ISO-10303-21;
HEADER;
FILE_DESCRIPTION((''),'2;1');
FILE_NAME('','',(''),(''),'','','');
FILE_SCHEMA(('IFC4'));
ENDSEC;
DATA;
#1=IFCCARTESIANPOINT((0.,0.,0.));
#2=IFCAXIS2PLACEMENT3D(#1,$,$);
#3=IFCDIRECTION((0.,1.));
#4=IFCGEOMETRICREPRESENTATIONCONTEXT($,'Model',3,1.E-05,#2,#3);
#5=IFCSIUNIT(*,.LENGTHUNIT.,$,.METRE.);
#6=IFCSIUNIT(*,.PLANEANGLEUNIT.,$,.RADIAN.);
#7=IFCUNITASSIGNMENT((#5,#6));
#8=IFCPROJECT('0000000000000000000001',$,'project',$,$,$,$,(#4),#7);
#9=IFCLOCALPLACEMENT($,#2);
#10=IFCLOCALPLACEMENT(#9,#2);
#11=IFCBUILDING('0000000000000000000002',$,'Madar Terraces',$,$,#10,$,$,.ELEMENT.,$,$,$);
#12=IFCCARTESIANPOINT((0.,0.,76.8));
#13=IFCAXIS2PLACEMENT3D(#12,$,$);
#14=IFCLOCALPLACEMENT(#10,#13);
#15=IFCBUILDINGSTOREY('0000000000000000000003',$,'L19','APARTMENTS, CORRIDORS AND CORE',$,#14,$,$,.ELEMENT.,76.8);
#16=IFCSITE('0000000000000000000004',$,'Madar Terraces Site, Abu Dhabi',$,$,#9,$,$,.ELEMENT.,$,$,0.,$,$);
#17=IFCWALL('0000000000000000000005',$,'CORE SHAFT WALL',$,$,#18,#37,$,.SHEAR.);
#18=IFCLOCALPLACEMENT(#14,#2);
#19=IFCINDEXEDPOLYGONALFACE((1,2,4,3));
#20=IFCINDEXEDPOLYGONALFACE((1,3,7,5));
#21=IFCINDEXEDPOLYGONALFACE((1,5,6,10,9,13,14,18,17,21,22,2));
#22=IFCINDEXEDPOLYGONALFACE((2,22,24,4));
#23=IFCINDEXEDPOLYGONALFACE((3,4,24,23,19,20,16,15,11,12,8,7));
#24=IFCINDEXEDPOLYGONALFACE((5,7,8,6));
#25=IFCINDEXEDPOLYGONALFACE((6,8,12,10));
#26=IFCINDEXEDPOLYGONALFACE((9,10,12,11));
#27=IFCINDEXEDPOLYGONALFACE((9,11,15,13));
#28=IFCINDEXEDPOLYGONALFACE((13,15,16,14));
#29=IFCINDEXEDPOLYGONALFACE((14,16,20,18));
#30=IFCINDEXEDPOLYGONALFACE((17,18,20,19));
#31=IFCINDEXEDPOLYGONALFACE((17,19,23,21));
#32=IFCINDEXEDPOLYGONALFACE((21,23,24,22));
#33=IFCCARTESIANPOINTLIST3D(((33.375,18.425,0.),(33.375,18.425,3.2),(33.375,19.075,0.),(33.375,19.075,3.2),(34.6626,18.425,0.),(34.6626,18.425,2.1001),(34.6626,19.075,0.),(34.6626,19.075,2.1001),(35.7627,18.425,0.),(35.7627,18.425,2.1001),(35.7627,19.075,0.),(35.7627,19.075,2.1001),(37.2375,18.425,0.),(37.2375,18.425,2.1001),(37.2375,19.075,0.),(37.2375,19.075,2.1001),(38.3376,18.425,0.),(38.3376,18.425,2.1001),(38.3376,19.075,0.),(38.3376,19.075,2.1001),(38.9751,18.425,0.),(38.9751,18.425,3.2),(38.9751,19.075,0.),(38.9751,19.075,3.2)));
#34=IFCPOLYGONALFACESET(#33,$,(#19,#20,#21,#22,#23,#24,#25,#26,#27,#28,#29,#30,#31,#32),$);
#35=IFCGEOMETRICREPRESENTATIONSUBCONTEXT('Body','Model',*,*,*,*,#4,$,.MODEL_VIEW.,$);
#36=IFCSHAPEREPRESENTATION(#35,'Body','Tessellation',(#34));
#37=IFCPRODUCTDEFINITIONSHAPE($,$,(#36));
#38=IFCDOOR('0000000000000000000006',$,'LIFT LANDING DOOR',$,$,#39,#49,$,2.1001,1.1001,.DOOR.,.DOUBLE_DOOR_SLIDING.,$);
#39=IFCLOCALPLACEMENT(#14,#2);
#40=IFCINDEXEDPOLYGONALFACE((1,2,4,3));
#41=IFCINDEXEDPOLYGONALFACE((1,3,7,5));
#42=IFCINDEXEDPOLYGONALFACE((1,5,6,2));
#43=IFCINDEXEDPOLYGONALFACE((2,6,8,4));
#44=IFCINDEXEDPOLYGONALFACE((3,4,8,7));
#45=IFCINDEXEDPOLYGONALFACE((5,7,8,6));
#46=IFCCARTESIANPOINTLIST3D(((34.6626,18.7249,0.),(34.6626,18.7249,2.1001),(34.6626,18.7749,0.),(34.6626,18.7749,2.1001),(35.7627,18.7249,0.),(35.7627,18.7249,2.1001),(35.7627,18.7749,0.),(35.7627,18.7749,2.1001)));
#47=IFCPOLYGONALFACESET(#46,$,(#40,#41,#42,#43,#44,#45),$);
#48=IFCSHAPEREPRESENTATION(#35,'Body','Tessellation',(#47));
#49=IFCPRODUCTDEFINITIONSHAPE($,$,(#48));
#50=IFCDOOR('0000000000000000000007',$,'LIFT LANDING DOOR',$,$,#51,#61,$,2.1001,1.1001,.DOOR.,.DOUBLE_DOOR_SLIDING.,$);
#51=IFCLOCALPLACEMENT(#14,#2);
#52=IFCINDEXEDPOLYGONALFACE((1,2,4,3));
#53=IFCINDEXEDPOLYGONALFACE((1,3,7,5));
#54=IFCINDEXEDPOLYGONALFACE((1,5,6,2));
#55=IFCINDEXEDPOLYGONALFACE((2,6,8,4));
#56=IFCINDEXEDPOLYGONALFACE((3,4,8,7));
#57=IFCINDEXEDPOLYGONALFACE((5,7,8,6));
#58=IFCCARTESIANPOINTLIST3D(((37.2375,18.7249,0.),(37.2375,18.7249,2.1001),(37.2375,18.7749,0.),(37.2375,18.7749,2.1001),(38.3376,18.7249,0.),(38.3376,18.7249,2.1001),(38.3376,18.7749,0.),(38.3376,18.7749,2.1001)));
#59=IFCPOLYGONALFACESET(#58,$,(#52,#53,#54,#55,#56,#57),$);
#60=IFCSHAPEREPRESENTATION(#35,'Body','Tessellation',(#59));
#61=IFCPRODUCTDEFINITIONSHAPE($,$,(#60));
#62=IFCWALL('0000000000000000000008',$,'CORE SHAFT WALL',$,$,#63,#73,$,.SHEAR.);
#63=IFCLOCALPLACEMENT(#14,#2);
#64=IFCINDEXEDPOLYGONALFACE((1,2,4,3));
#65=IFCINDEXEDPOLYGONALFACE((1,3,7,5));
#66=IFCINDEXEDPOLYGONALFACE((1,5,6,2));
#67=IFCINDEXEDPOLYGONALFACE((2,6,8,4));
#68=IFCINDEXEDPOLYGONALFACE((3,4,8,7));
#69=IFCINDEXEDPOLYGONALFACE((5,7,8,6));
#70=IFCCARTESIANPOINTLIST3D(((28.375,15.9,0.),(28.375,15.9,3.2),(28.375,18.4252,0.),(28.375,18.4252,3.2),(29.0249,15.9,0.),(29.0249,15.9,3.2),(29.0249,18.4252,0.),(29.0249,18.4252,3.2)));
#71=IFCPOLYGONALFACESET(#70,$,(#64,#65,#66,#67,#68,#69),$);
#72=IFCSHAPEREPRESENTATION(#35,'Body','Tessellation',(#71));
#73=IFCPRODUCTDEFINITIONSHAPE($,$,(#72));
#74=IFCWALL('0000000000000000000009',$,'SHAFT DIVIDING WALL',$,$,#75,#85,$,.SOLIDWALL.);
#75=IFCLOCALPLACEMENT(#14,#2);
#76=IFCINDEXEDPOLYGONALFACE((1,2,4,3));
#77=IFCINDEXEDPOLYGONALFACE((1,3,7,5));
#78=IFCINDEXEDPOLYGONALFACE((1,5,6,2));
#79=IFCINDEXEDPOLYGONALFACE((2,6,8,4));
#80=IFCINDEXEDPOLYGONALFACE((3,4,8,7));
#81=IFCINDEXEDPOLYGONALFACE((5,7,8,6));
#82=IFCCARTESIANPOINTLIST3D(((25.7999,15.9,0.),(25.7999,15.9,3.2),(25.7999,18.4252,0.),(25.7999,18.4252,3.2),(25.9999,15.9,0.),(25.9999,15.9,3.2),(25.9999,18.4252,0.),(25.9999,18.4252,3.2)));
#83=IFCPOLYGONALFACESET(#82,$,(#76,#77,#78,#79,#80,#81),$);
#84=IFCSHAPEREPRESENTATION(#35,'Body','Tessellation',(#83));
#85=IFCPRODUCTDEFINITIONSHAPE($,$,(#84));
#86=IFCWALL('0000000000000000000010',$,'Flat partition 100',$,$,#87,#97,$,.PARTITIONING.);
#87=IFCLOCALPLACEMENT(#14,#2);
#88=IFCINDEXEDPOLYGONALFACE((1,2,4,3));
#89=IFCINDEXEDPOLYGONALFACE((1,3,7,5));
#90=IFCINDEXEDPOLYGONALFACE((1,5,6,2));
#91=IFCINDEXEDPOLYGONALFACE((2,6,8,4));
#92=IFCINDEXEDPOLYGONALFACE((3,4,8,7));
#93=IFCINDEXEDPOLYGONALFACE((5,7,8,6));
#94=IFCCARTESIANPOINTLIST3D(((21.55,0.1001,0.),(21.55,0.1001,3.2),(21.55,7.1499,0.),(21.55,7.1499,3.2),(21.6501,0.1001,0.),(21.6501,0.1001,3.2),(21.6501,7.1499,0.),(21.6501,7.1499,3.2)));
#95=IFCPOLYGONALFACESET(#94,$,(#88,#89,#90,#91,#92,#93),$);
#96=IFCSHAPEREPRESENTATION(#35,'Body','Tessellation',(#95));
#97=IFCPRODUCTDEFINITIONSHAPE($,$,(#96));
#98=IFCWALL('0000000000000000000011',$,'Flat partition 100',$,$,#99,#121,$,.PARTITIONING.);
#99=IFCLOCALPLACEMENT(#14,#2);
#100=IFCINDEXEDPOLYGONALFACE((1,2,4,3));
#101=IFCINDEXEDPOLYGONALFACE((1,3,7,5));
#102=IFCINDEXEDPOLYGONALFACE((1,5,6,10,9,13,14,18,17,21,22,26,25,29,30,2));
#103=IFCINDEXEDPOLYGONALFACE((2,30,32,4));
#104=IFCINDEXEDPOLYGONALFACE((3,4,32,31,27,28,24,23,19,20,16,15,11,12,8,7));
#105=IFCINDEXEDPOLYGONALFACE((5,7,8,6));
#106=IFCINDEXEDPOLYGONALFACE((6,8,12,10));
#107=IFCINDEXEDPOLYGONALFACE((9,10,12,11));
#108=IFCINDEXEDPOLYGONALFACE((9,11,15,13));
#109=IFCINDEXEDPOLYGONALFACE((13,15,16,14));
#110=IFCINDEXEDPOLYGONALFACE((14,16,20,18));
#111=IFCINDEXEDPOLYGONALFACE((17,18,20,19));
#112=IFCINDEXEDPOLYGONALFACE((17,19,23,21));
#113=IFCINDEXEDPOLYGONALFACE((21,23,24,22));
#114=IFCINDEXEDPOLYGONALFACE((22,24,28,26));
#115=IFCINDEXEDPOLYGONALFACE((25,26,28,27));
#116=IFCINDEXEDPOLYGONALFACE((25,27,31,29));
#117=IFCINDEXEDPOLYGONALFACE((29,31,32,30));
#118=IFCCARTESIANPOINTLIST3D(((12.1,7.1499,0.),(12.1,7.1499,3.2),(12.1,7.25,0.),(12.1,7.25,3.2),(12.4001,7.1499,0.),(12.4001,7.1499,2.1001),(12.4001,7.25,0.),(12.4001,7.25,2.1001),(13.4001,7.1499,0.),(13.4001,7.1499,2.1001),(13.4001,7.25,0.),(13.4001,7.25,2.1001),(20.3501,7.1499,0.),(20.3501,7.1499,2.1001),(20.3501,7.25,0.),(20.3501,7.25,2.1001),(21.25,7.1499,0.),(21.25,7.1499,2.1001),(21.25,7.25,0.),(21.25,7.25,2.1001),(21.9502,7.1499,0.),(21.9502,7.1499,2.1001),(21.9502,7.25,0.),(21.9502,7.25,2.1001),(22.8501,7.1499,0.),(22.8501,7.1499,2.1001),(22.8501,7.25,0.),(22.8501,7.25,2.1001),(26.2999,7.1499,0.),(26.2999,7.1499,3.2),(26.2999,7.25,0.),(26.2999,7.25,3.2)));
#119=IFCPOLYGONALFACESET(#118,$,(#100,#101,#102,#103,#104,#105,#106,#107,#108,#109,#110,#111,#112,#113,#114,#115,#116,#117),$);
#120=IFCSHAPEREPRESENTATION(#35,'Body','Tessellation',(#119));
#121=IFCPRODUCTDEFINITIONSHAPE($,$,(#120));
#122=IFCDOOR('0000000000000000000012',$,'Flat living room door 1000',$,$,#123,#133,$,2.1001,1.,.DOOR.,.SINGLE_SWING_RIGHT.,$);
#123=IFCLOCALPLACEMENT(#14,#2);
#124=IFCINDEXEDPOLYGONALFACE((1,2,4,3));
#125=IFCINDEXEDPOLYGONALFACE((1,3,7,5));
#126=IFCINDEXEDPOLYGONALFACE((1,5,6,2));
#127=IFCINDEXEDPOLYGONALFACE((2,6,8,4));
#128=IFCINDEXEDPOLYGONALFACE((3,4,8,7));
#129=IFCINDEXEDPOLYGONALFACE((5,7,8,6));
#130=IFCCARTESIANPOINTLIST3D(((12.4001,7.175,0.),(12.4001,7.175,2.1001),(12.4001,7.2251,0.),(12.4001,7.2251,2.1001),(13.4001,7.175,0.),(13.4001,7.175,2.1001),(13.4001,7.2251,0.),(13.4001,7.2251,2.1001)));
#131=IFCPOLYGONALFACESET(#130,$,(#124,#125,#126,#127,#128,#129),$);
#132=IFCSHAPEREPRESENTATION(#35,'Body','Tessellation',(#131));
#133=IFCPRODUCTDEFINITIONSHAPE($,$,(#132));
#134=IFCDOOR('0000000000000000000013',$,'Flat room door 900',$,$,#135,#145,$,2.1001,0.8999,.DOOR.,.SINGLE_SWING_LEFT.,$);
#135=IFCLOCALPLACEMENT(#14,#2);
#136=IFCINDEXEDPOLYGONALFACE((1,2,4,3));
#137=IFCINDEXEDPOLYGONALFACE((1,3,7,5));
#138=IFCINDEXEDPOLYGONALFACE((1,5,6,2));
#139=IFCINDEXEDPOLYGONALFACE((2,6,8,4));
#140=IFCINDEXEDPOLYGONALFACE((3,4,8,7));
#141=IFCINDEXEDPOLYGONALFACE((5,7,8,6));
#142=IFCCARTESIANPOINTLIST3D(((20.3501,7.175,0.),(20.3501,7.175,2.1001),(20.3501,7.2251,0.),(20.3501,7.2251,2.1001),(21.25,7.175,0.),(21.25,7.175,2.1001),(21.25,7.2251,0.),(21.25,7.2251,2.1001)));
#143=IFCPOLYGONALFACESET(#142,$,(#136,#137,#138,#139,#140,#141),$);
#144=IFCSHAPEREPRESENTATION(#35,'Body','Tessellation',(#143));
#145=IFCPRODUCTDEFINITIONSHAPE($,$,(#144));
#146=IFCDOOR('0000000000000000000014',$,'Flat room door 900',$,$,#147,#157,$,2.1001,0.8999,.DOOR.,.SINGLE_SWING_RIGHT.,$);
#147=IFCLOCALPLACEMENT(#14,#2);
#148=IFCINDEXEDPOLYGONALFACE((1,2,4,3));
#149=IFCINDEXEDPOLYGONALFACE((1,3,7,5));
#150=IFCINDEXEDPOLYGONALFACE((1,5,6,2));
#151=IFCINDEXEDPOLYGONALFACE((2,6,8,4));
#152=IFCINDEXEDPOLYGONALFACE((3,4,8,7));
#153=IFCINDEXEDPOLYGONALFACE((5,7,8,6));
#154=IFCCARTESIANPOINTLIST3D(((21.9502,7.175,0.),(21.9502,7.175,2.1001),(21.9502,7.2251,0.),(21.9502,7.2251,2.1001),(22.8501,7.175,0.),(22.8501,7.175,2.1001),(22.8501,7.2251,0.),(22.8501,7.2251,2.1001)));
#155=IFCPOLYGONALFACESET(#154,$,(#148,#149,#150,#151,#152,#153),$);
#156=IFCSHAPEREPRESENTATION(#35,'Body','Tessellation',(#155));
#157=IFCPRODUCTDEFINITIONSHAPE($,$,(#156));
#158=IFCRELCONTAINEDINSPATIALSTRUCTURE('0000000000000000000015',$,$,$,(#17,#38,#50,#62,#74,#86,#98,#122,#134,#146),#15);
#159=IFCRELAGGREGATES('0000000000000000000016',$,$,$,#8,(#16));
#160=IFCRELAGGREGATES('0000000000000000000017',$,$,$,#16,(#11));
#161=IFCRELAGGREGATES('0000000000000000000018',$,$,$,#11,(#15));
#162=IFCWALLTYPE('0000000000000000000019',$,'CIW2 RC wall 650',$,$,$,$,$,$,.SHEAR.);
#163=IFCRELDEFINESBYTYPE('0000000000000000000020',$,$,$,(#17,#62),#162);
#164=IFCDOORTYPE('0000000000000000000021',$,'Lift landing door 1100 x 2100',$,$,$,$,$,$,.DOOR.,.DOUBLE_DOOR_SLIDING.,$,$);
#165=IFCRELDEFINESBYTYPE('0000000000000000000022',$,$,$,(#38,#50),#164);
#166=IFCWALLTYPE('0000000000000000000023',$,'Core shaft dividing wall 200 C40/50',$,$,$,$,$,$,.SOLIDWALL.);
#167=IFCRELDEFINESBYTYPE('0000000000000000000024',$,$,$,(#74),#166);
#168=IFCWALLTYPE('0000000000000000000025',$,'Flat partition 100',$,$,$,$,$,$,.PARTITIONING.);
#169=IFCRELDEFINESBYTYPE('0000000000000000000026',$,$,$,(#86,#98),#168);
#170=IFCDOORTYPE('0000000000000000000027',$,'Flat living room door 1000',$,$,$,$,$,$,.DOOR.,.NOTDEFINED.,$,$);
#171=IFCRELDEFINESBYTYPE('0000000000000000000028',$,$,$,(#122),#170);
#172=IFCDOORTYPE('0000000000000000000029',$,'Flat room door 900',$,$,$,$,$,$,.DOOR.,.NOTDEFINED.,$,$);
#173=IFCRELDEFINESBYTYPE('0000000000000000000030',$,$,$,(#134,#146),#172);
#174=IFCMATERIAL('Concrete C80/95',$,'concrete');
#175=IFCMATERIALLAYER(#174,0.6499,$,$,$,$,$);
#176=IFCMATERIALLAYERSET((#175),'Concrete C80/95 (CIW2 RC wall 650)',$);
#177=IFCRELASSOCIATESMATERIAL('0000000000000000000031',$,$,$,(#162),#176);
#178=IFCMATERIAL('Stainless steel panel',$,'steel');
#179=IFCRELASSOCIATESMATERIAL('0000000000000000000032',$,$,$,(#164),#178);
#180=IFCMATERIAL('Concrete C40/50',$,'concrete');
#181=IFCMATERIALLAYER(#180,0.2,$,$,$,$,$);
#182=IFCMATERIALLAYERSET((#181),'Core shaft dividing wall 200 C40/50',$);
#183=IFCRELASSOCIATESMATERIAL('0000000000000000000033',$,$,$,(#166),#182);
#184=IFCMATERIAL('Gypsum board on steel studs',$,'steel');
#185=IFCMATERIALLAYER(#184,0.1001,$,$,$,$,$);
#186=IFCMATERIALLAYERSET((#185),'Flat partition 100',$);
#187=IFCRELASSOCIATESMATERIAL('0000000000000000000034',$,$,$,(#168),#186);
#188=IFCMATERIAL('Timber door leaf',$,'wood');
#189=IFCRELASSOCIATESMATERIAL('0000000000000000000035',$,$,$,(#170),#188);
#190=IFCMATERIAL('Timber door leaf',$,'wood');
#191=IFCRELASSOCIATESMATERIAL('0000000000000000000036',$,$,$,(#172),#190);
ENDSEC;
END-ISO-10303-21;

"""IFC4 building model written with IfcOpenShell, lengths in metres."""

from ifc_helpers import new_model, si_unit, direction, frame, frame_2d, origin, place, context, subcontext, project, spatial, rectangle, extrude, material, layer, layer_set, type_object, element, fill, save


model = new_model("IFC4")

# Units and contexts
model_context = context("Model", 3, precision=1e-05, world=origin(), true_north=direction((0.0, 1.0)))
body_context = subcontext(model_context, "Body", "Model", "MODEL_VIEW")
ifc_project = project(units=[si_unit("LENGTHUNIT", "METRE"), si_unit("PLANEANGLEUNIT", "RADIAN")], contexts=[model_context])

# Site, building, storey
site_placement = place(None, origin())
site = spatial("IfcSite", under=ifc_project, at=site_placement, Name="Madar Terraces Site, Abu Dhabi", CompositionType="ELEMENT", RefElevation=0.0)
building_placement = place(site_placement, origin())
building = spatial("IfcBuilding", under=site, at=building_placement, Name="Madar Terraces", CompositionType="ELEMENT")
storey_placement = place(building_placement, frame((0.0, 0.0, 76.8)))
storey = spatial("IfcBuildingStorey", under=building, at=storey_placement, Name="L19", Description="APARTMENTS, CORRIDORS AND CORE", CompositionType="ELEMENT", Elevation=76.8)

# Shared definitions
ifc_material_1 = material(Name="Concrete C80/95", Category="concrete")
ifc_layer_1 = layer(ifc_material_1, 0.6499)
ifc_layer_set_1 = layer_set([ifc_layer_1], Name="Concrete C80/95 (CIW2 RC wall 650)")
wall_type_1 = type_object("IfcWallType", Name="CIW2 RC wall 650", PredefinedType="SHEAR", material=ifc_layer_set_1)

# Wall, openings, doors
ifc_material_2 = material(Name="Stainless steel panel", Category="steel")
door_type_1 = type_object("IfcDoorType", Name="Lift landing door 1100 x 2100", OperationType="DOUBLE_DOOR_SLIDING", PredefinedType="DOOR", material=ifc_material_2)
wall_1_placement = place(storey_placement, frame((33.375, 18.75, 0.0), z_axis=(0.0, 0.0, 1.0), x_axis=(1.0, 0.0, 0.0)))
wall_1 = element("IfcWall", 1, at=wall_1_placement, inside=storey, type_object=wall_type_1, Name="CORE SHAFT WALL", PredefinedType="SHEAR", context=body_context, shape_type="SweptSolid", body=[
    extrude(rectangle(XDim=5.6001, YDim=0.6499, at=frame_2d((2.8, 0.0))), origin(), (0.0, 0.0, 1.0), 3.2),
])
opening_1_placement = place(wall_1_placement, frame((1.2876, 0.0, 0.0)))
opening_1 = element("IfcOpeningElement", 2, at=opening_1_placement, cuts=wall_1, PredefinedType="OPENING", context=body_context, shape_type="SweptSolid", body=[
    extrude(rectangle(XDim=1.1001, YDim=2.1001, at=frame_2d((0.55, 1.05))), frame((0.0, 0.335, 0.0), z_axis=(0.0, -1.0, 0.0), x_axis=(1.0, 0.0, 0.0)), (0.0, 0.0, 1.0), 0.6699),
])
opening_2_placement = place(wall_1_placement, frame((3.8625, 0.0, 0.0)))
opening_2 = element("IfcOpeningElement", 3, at=opening_2_placement, cuts=wall_1, PredefinedType="OPENING", context=body_context, shape_type="SweptSolid", body=[
    extrude(rectangle(XDim=1.1001, YDim=2.1001, at=frame_2d((0.55, 1.05))), frame((0.0, 0.335, 0.0), z_axis=(0.0, -1.0, 0.0), x_axis=(1.0, 0.0, 0.0)), (0.0, 0.0, 1.0), 0.6699),
])
door_1_placement = place(opening_1_placement, origin())
door_1 = element("IfcDoor", 4, at=door_1_placement, inside=storey, type_object=door_type_1, Name="LIFT LANDING DOOR", OperationType="DOUBLE_DOOR_SLIDING", OverallHeight=2.1001, OverallWidth=1.1001, PredefinedType="DOOR", context=body_context, shape_type="SweptSolid", body=[
    extrude(rectangle(XDim=1.1001, YDim=2.1001, at=frame_2d((0.55, 1.05))), frame((0.0, 0.0249, 0.0), z_axis=(0.0, -1.0, 0.0), x_axis=(1.0, 0.0, 0.0)), (0.0, 0.0, 1.0), 0.05),
])
fill(opening_1, door_1)
door_2_placement = place(opening_2_placement, origin())
door_2 = element("IfcDoor", 5, at=door_2_placement, inside=storey, type_object=door_type_1, Name="LIFT LANDING DOOR", OperationType="DOUBLE_DOOR_SLIDING", OverallHeight=2.1001, OverallWidth=1.1001, PredefinedType="DOOR", context=body_context, shape_type="SweptSolid", body=[
    extrude(rectangle(XDim=1.1001, YDim=2.1001, at=frame_2d((0.55, 1.05))), frame((0.0, 0.0249, 0.0), z_axis=(0.0, -1.0, 0.0), x_axis=(1.0, 0.0, 0.0)), (0.0, 0.0, 1.0), 0.05),
])
fill(opening_2, door_2)

# Walls
wall_2_placement = place(storey_placement, frame((28.7, 15.8999, 0.0), z_axis=(0.0, 0.0, 1.0), x_axis=(0.0, 1.0, 0.0)))
element("IfcWall", 6, at=wall_2_placement, inside=storey, type_object=wall_type_1, Name="CORE SHAFT WALL", PredefinedType="SHEAR", context=body_context, shape_type="SweptSolid", body=[
    extrude(rectangle(XDim=2.5251, YDim=0.6499, at=frame_2d((1.2627, 0.0))), origin(), (0.0, 0.0, 1.0), 3.2),
])
ifc_material_3 = material(Name="Concrete C40/50", Category="concrete")
ifc_layer_2 = layer(ifc_material_3, 0.2)
ifc_layer_set_2 = layer_set([ifc_layer_2], Name="Core shaft dividing wall 200 C40/50")
wall_type_2 = type_object("IfcWallType", Name="Core shaft dividing wall 200 C40/50", PredefinedType="SOLIDWALL", material=ifc_layer_set_2)
wall_3_placement = place(storey_placement, frame((25.8999, 15.8999, 0.0), z_axis=(0.0, 0.0, 1.0), x_axis=(0.0, 1.0, 0.0)))
element("IfcWall", 7, at=wall_3_placement, inside=storey, type_object=wall_type_2, Name="SHAFT DIVIDING WALL", PredefinedType="SOLIDWALL", context=body_context, shape_type="SweptSolid", body=[
    extrude(rectangle(XDim=2.5251, YDim=0.2, at=frame_2d((1.2627, 0.0))), origin(), (0.0, 0.0, 1.0), 3.2),
])
ifc_material_4 = material(Name="Gypsum board on steel studs", Category="steel")
ifc_layer_3 = layer(ifc_material_4, 0.1001)
ifc_layer_set_3 = layer_set([ifc_layer_3], Name="Flat partition 100")
wall_type_3 = type_object("IfcWallType", Name="Flat partition 100", PredefinedType="PARTITIONING", material=ifc_layer_set_3)
wall_4_placement = place(storey_placement, frame((21.6001, 7.1499, 0.0), z_axis=(0.0, 0.0, 1.0), x_axis=(0.0, -1.0, 0.0)))
element("IfcWall", 8, at=wall_4_placement, inside=storey, type_object=wall_type_3, Name="Flat partition 100", PredefinedType="PARTITIONING", context=body_context, shape_type="SweptSolid", body=[
    extrude(rectangle(XDim=7.0498, YDim=0.1001, at=frame_2d((3.5249, 0.0))), origin(), (0.0, 0.0, 1.0), 3.2),
])

# Wall, openings, doors
wall_5_placement = place(storey_placement, frame((26.3, 7.2, 0.0), z_axis=(0.0, 0.0, 1.0), x_axis=(-1.0, 0.0, 0.0)))
wall_5 = element("IfcWall", 9, at=wall_5_placement, inside=storey, type_object=wall_type_3, Name="Flat partition 100", PredefinedType="PARTITIONING", context=body_context, shape_type="SweptSolid", body=[
    extrude(rectangle(XDim=14.2, YDim=0.1001, at=frame_2d((7.1001, 0.0))), origin(), (0.0, 0.0, 1.0), 3.2),
])
opening_3_placement = place(wall_5_placement, frame((12.8999, 0.0, 0.0)))
opening_3 = element("IfcOpeningElement", 10, at=opening_3_placement, cuts=wall_5, PredefinedType="OPENING", context=body_context, shape_type="SweptSolid", body=[
    extrude(rectangle(XDim=1.0, YDim=2.1001, at=frame_2d((0.5, 1.05))), frame((0.0, 0.0601, 0.0), z_axis=(0.0, -1.0, 0.0), x_axis=(1.0, 0.0, 0.0)), (0.0, 0.0, 1.0), 0.1201),
])
opening_4_placement = place(wall_5_placement, frame((5.05, 0.0, 0.0)))
opening_4 = element("IfcOpeningElement", 11, at=opening_4_placement, cuts=wall_5, PredefinedType="OPENING", context=body_context, shape_type="SweptSolid", body=[
    extrude(rectangle(XDim=0.8999, YDim=2.1001, at=frame_2d((0.45, 1.05))), frame((0.0, 0.0601, 0.0), z_axis=(0.0, -1.0, 0.0), x_axis=(1.0, 0.0, 0.0)), (0.0, 0.0, 1.0), 0.1201),
])
opening_5_placement = place(wall_5_placement, frame((3.45, 0.0, 0.0)))
opening_5 = element("IfcOpeningElement", 12, at=opening_5_placement, cuts=wall_5, PredefinedType="OPENING", context=body_context, shape_type="SweptSolid", body=[
    extrude(rectangle(XDim=0.8999, YDim=2.1001, at=frame_2d((0.45, 1.05))), frame((0.0, 0.0601, 0.0), z_axis=(0.0, -1.0, 0.0), x_axis=(1.0, 0.0, 0.0)), (0.0, 0.0, 1.0), 0.1201),
])
ifc_material_5 = material(Name="Timber door leaf", Category="wood")
door_type_2 = type_object("IfcDoorType", Name="Flat living room door 1000", OperationType="NOTDEFINED", PredefinedType="DOOR", material=ifc_material_5)
door_3_placement = place(opening_3_placement, origin())
door_3 = element("IfcDoor", 13, at=door_3_placement, inside=storey, type_object=door_type_2, Name="Flat living room door 1000", OperationType="SINGLE_SWING_RIGHT", OverallHeight=2.1001, OverallWidth=1.0, PredefinedType="DOOR", context=body_context, shape_type="SweptSolid", body=[
    extrude(rectangle(XDim=1.0, YDim=2.1001, at=frame_2d((0.5, 1.05))), frame((0.0, 0.0249, 0.0), z_axis=(0.0, -1.0, 0.0), x_axis=(1.0, 0.0, 0.0)), (0.0, 0.0, 1.0), 0.05),
])
fill(opening_3, door_3)
ifc_material_6 = material(Name="Timber door leaf", Category="wood")
door_type_3 = type_object("IfcDoorType", Name="Flat room door 900", OperationType="NOTDEFINED", PredefinedType="DOOR", material=ifc_material_6)
door_4_placement = place(opening_4_placement, origin())
door_4 = element("IfcDoor", 14, at=door_4_placement, inside=storey, type_object=door_type_3, Name="Flat room door 900", OperationType="SINGLE_SWING_LEFT", OverallHeight=2.1001, OverallWidth=0.8999, PredefinedType="DOOR", context=body_context, shape_type="SweptSolid", body=[
    extrude(rectangle(XDim=0.8999, YDim=2.1001, at=frame_2d((0.45, 1.05))), frame((0.0, 0.0249, 0.0), z_axis=(0.0, -1.0, 0.0), x_axis=(1.0, 0.0, 0.0)), (0.0, 0.0, 1.0), 0.05),
])
fill(opening_4, door_4)
door_5_placement = place(opening_5_placement, origin())
door_5 = element("IfcDoor", 15, at=door_5_placement, inside=storey, type_object=door_type_3, Name="Flat room door 900", OperationType="SINGLE_SWING_RIGHT", OverallHeight=2.1001, OverallWidth=0.8999, PredefinedType="DOOR", context=body_context, shape_type="SweptSolid", body=[
    extrude(rectangle(XDim=0.8999, YDim=2.1001, at=frame_2d((0.45, 1.05))), frame((0.0, 0.0249, 0.0), z_axis=(0.0, -1.0, 0.0), x_axis=(1.0, 0.0, 0.0)), (0.0, 0.0, 1.0), 0.05),
])
fill(opening_5, door_5)

save(model, "model.ifc")
